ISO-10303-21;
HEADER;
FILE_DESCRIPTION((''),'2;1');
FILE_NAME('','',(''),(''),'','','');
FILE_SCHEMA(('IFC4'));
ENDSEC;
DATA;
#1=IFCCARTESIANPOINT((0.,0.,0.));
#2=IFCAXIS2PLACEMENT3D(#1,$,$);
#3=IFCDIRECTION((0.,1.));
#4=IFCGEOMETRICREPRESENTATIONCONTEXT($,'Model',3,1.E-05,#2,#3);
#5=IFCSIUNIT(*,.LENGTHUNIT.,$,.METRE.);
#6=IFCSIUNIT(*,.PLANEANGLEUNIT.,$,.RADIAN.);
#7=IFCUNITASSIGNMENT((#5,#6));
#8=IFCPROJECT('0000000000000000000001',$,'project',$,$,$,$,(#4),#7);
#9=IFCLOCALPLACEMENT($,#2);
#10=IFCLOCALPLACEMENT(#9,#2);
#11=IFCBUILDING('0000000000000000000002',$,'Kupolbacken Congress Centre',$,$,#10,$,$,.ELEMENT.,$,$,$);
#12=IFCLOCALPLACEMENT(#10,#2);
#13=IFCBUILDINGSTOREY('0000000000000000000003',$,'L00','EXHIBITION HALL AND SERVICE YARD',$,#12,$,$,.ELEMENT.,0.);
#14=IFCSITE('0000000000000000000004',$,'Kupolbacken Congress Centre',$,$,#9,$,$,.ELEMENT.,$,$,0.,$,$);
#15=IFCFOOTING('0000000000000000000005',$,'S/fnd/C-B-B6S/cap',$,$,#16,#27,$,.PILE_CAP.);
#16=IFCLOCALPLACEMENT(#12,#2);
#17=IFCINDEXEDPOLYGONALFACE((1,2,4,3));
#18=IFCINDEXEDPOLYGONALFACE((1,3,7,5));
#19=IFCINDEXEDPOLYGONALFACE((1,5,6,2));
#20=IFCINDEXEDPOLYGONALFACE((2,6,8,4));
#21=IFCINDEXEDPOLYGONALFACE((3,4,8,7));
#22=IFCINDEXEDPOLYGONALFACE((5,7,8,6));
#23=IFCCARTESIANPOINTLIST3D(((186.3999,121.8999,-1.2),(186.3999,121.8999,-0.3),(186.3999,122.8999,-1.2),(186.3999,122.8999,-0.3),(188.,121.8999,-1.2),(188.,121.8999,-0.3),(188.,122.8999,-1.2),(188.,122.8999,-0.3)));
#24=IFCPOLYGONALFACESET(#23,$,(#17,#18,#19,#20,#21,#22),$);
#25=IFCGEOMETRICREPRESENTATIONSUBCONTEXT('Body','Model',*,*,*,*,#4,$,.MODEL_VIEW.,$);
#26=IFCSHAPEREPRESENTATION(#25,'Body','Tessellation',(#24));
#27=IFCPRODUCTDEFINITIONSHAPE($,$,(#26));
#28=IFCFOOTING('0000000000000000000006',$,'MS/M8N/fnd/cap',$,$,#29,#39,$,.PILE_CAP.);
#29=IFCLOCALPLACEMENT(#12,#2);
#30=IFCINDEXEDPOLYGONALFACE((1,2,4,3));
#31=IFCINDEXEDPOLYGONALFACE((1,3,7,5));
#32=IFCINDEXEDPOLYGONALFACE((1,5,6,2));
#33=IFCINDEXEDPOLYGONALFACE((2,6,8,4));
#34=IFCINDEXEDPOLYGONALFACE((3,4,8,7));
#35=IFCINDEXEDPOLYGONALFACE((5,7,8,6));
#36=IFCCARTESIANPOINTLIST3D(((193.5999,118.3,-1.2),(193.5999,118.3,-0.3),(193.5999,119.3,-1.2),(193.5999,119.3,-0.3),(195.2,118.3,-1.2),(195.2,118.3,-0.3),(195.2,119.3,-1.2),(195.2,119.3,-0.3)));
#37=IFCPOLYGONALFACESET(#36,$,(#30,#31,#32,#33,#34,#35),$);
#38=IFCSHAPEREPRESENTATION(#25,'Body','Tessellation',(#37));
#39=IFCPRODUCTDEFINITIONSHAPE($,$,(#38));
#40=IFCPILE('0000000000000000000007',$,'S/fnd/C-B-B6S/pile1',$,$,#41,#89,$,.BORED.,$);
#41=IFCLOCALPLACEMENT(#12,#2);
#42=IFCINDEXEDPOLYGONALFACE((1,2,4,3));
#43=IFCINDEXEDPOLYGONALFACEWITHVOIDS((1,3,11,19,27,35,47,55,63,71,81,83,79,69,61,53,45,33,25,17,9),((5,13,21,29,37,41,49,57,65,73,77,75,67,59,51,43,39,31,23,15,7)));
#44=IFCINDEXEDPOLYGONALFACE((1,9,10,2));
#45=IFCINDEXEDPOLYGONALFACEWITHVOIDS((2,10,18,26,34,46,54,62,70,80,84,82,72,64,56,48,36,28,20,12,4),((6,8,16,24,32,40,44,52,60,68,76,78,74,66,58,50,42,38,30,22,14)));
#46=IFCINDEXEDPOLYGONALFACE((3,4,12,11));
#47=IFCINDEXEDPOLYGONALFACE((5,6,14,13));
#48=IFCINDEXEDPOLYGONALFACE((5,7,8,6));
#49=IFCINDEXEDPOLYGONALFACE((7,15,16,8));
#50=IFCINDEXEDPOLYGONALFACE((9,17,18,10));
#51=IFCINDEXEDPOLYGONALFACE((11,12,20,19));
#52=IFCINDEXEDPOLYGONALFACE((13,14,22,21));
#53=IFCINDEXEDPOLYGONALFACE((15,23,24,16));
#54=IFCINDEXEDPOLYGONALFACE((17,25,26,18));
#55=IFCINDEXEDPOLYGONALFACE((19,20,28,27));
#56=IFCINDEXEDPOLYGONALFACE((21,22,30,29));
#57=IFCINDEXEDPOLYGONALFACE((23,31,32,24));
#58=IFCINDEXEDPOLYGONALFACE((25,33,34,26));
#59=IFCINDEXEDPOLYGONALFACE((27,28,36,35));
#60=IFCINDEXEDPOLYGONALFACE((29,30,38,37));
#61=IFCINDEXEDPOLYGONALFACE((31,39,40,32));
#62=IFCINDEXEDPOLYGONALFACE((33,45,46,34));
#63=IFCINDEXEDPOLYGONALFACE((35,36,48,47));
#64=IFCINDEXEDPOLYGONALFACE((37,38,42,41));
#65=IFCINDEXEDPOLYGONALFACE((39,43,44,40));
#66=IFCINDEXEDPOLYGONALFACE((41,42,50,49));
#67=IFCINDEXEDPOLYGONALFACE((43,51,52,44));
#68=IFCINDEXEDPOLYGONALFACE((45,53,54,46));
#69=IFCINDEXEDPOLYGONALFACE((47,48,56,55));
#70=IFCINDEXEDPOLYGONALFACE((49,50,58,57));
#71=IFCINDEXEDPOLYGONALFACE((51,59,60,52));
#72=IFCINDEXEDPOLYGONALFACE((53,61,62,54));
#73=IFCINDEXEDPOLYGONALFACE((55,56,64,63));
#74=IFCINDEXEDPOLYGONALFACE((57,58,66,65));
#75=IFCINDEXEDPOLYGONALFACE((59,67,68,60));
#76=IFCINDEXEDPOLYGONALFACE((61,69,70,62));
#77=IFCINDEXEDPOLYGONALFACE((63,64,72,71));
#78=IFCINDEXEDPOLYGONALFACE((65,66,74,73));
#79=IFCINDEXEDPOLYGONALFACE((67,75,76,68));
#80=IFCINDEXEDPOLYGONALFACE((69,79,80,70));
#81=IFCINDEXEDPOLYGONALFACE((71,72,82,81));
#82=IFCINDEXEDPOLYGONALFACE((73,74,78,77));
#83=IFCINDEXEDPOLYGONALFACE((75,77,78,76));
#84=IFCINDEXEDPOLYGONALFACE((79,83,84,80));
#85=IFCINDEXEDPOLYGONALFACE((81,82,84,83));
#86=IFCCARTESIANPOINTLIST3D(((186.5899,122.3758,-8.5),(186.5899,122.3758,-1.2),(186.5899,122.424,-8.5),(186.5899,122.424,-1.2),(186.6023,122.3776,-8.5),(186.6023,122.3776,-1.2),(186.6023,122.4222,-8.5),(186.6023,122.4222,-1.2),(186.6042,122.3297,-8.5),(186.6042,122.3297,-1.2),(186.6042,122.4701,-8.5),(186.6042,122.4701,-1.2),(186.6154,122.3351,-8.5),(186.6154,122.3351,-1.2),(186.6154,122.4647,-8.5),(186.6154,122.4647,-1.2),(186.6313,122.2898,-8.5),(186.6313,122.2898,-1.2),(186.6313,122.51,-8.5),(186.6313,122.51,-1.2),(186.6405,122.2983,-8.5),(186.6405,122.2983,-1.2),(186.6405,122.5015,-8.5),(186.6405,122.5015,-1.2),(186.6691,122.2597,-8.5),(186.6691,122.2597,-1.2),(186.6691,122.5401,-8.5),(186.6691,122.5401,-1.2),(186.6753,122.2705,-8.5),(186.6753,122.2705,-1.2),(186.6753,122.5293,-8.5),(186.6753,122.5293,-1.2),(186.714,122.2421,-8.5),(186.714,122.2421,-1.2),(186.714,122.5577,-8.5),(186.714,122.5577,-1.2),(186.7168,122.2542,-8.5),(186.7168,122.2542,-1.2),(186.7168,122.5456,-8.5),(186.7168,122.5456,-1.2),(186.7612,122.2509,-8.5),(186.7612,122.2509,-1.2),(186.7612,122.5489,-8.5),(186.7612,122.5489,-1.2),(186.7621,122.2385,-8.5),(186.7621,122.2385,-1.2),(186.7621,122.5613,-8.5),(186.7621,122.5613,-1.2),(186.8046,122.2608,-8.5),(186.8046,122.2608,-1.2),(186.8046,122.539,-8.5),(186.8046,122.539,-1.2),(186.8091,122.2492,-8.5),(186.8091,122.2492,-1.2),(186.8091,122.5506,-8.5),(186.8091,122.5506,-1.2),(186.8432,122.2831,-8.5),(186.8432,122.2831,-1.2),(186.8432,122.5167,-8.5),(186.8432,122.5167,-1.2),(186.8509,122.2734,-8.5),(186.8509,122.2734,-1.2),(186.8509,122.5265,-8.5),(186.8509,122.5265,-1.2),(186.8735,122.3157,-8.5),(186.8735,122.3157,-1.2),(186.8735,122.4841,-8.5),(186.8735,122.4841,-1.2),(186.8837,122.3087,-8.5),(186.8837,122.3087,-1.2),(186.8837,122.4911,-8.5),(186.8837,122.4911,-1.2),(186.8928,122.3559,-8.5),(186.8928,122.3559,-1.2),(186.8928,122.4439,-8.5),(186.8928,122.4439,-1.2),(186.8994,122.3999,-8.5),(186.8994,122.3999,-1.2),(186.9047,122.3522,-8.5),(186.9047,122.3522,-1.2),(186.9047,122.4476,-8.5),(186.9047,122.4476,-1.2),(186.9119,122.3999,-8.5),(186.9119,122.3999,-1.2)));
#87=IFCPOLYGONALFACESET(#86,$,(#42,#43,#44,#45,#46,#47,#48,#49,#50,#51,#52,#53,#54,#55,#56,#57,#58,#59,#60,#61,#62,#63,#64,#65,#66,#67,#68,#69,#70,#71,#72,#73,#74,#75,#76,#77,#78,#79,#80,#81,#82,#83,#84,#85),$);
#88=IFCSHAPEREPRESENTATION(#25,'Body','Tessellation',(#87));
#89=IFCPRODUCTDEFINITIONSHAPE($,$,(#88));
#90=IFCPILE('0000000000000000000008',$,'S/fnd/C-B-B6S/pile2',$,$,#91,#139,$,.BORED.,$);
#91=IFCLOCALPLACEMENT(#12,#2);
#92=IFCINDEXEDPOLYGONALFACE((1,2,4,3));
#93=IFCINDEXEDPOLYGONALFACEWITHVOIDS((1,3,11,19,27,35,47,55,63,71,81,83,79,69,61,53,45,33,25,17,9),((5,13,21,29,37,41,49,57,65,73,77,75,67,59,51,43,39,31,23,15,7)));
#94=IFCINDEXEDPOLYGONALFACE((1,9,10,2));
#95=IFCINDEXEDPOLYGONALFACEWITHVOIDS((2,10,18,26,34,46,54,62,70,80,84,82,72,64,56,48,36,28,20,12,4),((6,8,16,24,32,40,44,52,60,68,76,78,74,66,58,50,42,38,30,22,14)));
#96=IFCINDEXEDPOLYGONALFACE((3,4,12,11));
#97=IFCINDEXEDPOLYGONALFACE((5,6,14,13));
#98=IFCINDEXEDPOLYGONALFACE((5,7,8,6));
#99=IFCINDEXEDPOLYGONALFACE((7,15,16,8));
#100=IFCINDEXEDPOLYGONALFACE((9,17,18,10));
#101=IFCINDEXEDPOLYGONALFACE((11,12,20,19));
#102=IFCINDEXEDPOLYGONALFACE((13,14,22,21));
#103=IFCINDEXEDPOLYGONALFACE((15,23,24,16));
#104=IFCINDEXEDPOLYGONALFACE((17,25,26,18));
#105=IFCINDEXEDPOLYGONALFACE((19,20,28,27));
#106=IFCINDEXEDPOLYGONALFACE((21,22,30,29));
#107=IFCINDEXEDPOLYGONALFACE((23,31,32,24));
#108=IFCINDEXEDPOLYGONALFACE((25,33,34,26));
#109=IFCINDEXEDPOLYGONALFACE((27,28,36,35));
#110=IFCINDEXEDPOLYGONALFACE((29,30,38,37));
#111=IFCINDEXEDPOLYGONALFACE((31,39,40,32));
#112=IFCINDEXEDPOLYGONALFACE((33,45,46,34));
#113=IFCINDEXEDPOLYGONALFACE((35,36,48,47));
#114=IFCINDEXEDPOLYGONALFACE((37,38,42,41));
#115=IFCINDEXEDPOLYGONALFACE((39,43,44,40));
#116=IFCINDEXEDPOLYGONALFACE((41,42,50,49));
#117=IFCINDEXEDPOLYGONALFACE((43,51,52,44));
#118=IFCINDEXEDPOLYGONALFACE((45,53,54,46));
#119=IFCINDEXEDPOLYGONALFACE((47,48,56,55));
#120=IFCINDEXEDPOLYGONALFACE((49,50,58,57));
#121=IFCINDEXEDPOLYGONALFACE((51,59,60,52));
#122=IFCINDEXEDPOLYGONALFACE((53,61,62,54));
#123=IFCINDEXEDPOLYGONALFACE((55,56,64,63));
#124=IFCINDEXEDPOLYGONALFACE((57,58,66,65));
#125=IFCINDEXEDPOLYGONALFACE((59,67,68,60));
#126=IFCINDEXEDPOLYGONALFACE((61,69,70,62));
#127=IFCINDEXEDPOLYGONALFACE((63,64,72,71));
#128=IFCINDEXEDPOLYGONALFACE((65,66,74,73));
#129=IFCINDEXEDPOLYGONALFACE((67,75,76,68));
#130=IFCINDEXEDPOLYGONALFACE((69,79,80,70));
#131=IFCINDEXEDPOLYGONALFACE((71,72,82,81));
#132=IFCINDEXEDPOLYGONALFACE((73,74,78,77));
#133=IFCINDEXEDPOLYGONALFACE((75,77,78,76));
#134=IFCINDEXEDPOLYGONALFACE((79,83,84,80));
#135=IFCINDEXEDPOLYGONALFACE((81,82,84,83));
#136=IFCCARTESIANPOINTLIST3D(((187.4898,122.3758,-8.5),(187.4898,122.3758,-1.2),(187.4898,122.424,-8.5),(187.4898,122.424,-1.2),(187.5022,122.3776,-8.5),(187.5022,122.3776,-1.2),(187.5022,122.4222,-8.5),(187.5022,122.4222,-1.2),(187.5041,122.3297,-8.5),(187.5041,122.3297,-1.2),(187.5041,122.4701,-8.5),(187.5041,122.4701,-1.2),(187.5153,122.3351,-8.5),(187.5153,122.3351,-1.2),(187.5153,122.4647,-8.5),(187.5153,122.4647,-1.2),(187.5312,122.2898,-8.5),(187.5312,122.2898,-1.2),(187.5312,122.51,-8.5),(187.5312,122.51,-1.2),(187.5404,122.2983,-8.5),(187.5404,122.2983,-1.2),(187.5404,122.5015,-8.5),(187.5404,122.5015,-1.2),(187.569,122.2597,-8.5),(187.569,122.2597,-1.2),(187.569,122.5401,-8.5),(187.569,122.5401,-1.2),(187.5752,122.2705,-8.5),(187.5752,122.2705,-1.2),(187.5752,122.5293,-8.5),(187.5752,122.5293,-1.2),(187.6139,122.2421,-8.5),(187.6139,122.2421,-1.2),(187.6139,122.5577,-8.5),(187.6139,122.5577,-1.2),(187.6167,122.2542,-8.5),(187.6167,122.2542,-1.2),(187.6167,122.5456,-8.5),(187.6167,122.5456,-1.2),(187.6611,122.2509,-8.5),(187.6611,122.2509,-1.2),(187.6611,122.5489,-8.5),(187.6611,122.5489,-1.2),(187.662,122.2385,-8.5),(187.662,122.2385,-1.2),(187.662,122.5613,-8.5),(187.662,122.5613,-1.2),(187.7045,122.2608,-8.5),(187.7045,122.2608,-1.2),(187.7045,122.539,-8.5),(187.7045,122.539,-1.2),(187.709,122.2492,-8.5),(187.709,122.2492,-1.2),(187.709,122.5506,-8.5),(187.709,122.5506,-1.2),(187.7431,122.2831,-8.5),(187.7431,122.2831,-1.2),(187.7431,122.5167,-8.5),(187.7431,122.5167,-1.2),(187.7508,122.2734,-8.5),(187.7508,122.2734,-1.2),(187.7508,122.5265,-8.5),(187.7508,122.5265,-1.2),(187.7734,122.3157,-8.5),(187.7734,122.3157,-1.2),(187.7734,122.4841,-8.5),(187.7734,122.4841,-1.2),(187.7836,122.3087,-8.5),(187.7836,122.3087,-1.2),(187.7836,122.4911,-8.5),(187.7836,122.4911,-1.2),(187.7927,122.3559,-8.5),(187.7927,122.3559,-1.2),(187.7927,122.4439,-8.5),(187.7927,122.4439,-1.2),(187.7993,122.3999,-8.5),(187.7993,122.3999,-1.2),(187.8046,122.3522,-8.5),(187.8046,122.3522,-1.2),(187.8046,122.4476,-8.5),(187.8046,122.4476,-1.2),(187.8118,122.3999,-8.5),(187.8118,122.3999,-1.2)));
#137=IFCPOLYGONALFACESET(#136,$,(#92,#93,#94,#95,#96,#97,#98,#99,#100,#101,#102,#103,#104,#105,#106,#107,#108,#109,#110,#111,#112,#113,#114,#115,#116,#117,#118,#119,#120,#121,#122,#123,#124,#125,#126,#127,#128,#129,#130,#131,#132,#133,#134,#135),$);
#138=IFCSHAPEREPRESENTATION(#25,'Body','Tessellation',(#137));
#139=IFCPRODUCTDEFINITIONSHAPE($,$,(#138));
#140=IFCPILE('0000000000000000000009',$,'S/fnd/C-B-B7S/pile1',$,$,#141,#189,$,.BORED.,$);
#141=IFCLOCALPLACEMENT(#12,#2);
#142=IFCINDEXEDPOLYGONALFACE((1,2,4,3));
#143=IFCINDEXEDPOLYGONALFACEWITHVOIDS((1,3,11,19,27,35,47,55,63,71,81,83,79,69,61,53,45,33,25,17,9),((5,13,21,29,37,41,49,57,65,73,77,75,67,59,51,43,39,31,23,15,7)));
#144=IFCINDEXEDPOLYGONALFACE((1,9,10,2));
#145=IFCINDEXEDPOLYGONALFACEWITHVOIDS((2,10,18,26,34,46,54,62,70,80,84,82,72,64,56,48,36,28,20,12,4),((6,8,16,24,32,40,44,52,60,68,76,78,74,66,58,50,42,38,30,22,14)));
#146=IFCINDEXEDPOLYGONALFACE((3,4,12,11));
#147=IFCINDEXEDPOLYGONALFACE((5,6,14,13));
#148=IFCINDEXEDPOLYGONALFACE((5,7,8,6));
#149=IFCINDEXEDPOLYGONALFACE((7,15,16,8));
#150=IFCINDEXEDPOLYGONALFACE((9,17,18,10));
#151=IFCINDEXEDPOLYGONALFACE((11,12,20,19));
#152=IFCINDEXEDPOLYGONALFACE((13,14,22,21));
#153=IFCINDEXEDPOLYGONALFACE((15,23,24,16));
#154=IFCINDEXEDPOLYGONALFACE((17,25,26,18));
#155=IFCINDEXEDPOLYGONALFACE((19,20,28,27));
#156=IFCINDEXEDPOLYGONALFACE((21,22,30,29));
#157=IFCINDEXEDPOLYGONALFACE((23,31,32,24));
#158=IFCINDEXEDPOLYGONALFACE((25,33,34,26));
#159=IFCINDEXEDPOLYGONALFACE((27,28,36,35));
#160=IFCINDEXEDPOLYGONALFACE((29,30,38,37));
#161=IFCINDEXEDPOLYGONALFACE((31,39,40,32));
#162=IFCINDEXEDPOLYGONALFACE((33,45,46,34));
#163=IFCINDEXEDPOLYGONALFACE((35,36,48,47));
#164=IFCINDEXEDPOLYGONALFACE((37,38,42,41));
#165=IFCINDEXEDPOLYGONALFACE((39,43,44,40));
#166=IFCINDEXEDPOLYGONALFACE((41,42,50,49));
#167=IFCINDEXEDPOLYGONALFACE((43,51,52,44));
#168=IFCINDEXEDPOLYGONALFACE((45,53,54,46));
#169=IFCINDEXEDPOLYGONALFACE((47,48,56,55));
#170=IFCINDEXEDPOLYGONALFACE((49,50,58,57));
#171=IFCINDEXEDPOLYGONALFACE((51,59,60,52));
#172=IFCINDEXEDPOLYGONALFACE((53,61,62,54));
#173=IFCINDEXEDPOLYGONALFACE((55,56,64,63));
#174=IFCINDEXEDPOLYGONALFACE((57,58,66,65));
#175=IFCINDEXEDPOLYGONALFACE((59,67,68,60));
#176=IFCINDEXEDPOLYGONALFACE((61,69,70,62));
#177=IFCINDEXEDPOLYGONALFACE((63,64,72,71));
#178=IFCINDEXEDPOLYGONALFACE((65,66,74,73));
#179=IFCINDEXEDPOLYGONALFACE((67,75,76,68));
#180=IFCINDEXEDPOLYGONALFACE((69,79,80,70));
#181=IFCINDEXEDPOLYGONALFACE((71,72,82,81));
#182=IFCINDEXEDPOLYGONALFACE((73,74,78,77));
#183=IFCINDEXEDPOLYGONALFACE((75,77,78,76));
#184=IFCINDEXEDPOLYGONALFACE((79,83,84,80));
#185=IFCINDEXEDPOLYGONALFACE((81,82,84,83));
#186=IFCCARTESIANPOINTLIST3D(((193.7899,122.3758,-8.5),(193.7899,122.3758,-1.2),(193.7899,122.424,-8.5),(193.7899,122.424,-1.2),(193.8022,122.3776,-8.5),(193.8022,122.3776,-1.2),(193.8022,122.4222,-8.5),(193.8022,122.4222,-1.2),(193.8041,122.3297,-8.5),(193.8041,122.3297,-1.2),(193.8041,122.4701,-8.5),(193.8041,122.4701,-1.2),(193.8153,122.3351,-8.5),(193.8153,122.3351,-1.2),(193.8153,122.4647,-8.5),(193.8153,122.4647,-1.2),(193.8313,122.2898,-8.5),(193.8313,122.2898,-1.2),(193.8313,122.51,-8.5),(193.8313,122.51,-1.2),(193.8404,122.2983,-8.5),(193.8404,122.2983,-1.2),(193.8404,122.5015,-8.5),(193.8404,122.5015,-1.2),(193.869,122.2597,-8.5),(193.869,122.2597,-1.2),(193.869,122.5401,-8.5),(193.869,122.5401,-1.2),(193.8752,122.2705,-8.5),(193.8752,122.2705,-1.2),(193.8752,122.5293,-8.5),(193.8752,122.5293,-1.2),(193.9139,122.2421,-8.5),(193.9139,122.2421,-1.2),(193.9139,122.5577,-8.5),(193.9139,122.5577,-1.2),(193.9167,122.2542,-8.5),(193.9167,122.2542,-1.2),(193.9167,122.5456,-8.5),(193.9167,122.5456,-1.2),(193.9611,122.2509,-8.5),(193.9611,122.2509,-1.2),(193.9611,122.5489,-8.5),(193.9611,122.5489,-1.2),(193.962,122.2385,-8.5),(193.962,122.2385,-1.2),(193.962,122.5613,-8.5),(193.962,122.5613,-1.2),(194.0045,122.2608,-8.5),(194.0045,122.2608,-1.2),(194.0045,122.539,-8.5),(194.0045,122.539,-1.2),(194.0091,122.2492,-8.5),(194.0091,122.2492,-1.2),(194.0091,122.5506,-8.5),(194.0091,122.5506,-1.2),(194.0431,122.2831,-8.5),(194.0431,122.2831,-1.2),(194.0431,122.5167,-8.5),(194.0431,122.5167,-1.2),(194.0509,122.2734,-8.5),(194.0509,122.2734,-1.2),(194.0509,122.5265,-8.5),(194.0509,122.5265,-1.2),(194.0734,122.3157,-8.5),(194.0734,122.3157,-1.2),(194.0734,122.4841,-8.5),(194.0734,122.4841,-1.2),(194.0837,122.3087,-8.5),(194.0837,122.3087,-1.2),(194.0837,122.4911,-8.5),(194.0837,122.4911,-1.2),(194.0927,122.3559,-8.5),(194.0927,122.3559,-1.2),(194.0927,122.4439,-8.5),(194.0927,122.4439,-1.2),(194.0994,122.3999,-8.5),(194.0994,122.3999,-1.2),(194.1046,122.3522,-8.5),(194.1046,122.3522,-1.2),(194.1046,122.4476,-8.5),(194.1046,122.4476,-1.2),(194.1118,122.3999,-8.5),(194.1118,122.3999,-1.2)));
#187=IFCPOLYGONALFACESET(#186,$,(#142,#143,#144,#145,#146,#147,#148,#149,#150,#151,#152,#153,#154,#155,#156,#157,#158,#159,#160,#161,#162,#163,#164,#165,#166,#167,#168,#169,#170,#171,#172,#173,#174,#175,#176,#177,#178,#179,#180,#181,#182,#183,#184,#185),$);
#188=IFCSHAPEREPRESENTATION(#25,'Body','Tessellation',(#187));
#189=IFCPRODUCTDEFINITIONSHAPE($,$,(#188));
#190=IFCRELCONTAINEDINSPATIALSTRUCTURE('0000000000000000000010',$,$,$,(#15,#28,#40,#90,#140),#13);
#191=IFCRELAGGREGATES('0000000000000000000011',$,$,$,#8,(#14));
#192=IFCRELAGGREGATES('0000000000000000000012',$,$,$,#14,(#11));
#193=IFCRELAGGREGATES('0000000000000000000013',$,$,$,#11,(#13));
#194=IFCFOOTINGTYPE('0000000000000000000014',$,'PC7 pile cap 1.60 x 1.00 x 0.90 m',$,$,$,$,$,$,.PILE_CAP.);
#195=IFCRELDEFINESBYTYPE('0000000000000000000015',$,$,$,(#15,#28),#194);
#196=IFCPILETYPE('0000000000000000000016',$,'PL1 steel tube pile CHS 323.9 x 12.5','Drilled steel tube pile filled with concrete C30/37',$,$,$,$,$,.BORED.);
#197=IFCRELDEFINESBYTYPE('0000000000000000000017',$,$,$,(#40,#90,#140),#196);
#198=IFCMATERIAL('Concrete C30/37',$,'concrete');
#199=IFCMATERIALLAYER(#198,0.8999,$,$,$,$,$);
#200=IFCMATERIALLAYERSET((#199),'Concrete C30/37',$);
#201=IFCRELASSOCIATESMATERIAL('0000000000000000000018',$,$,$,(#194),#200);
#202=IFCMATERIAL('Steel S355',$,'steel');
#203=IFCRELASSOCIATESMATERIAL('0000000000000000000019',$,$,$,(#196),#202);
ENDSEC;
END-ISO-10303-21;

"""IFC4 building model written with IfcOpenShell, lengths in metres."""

from ifc_helpers import new_model, si_unit, direction, frame, origin, origin_2d, place, context, subcontext, project, spatial, rectangle, hollow_circle, extrude, material, layer, layer_set, material_profile, profile_set, type_object, element, save


model = new_model("IFC4")

# Units and contexts
model_context = context("Model", 3, precision=1e-05, world=origin(), true_north=direction((0.0, 1.0)))
body_context = subcontext(model_context, "Body", "Model", "MODEL_VIEW")
ifc_project = project(units=[si_unit("LENGTHUNIT", "METRE"), si_unit("PLANEANGLEUNIT", "RADIAN")], contexts=[model_context])

# Site, building, storey
site_placement = place(None, origin())
site = spatial("IfcSite", under=ifc_project, at=site_placement, Name="Kupolbacken Congress Centre", CompositionType="ELEMENT", RefElevation=0.0)
building_placement = place(site_placement, origin())
building = spatial("IfcBuilding", under=site, at=building_placement, Name="Kupolbacken Congress Centre", CompositionType="ELEMENT")
storey_placement = place(building_placement, origin())
storey = spatial("IfcBuildingStorey", under=building, at=storey_placement, Name="L00", Description="EXHIBITION HALL AND SERVICE YARD", CompositionType="ELEMENT", Elevation=0.0)

# Footings
ifc_material_1 = material(Name="Concrete C30/37", Category="concrete")
ifc_layer_1 = layer(ifc_material_1, 0.8999)
ifc_layer_set_1 = layer_set([ifc_layer_1], Name="Concrete C30/37")
footing_type_1 = type_object("IfcFootingType", Name="PC7 pile cap 1.60 x 1.00 x 0.90 m", PredefinedType="PILE_CAP", material=ifc_layer_set_1)
for number, where, z_axis, x_axis, name in (
    (1, (187.2, 122.3999, -1.2), (0.0, 0.0, 1.0), (1.0, 0.0, 0.0), "S/fnd/C-B-B6S/cap"),
    (2, (194.3999, 118.8, -1.2), (0.0, 0.0, 1.0), (1.0, 0.0, 0.0), "MS/M8N/fnd/cap"),
):
    element("IfcFooting", number, at=place(storey_placement, frame(where, z_axis=z_axis, x_axis=x_axis)), inside=storey, type_object=footing_type_1, Name=name, PredefinedType="PILE_CAP", context=body_context, shape_type="SweptSolid", body=[
        extrude(rectangle(XDim=1.6001, YDim=1.0, at=origin_2d()), origin(), (0.0, 0.0, 1.0), 0.8999),
    ])

# Piles
ifc_material_2 = material(Name="Steel S355", Category="steel")
ifc_material_profile_1 = material_profile(ifc_material_2, hollow_circle(Radius=0.1619, WallThickness=0.0125, at=origin_2d()), Name="CHS 323.9 x 12.5")
ifc_profile_set_1 = profile_set([ifc_material_profile_1], Name="Steel S355")
pile_type = type_object("IfcPileType", Name="PL1 steel tube pile CHS 323.9 x 12.5", Description="Drilled steel tube pile filled with concrete C30/37", PredefinedType="BORED", material=ifc_profile_set_1)
for number, where, z_axis, x_axis, name in (
    (3, (186.75, 122.3999, -1.2), (0.0, 0.0, -1.0), (1.0, 0.0, 0.0), "S/fnd/C-B-B6S/pile1"),
    (4, (187.6499, 122.3999, -1.2), (0.0, 0.0, -1.0), (1.0, 0.0, 0.0), "S/fnd/C-B-B6S/pile2"),
    (5, (193.95, 122.3999, -1.2), (0.0, 0.0, -1.0), (1.0, 0.0, 0.0), "S/fnd/C-B-B7S/pile1"),
):
    element("IfcPile", number, at=place(storey_placement, frame(where, z_axis=z_axis, x_axis=x_axis)), inside=storey, type_object=pile_type, Name=name, PredefinedType="BORED", context=body_context, shape_type="SweptSolid", body=[
        extrude(hollow_circle(Radius=0.1619, WallThickness=0.0125, at=origin_2d()), origin(), (0.0, 0.0, 1.0), 7.3),
    ])

save(model, "model.ifc")
